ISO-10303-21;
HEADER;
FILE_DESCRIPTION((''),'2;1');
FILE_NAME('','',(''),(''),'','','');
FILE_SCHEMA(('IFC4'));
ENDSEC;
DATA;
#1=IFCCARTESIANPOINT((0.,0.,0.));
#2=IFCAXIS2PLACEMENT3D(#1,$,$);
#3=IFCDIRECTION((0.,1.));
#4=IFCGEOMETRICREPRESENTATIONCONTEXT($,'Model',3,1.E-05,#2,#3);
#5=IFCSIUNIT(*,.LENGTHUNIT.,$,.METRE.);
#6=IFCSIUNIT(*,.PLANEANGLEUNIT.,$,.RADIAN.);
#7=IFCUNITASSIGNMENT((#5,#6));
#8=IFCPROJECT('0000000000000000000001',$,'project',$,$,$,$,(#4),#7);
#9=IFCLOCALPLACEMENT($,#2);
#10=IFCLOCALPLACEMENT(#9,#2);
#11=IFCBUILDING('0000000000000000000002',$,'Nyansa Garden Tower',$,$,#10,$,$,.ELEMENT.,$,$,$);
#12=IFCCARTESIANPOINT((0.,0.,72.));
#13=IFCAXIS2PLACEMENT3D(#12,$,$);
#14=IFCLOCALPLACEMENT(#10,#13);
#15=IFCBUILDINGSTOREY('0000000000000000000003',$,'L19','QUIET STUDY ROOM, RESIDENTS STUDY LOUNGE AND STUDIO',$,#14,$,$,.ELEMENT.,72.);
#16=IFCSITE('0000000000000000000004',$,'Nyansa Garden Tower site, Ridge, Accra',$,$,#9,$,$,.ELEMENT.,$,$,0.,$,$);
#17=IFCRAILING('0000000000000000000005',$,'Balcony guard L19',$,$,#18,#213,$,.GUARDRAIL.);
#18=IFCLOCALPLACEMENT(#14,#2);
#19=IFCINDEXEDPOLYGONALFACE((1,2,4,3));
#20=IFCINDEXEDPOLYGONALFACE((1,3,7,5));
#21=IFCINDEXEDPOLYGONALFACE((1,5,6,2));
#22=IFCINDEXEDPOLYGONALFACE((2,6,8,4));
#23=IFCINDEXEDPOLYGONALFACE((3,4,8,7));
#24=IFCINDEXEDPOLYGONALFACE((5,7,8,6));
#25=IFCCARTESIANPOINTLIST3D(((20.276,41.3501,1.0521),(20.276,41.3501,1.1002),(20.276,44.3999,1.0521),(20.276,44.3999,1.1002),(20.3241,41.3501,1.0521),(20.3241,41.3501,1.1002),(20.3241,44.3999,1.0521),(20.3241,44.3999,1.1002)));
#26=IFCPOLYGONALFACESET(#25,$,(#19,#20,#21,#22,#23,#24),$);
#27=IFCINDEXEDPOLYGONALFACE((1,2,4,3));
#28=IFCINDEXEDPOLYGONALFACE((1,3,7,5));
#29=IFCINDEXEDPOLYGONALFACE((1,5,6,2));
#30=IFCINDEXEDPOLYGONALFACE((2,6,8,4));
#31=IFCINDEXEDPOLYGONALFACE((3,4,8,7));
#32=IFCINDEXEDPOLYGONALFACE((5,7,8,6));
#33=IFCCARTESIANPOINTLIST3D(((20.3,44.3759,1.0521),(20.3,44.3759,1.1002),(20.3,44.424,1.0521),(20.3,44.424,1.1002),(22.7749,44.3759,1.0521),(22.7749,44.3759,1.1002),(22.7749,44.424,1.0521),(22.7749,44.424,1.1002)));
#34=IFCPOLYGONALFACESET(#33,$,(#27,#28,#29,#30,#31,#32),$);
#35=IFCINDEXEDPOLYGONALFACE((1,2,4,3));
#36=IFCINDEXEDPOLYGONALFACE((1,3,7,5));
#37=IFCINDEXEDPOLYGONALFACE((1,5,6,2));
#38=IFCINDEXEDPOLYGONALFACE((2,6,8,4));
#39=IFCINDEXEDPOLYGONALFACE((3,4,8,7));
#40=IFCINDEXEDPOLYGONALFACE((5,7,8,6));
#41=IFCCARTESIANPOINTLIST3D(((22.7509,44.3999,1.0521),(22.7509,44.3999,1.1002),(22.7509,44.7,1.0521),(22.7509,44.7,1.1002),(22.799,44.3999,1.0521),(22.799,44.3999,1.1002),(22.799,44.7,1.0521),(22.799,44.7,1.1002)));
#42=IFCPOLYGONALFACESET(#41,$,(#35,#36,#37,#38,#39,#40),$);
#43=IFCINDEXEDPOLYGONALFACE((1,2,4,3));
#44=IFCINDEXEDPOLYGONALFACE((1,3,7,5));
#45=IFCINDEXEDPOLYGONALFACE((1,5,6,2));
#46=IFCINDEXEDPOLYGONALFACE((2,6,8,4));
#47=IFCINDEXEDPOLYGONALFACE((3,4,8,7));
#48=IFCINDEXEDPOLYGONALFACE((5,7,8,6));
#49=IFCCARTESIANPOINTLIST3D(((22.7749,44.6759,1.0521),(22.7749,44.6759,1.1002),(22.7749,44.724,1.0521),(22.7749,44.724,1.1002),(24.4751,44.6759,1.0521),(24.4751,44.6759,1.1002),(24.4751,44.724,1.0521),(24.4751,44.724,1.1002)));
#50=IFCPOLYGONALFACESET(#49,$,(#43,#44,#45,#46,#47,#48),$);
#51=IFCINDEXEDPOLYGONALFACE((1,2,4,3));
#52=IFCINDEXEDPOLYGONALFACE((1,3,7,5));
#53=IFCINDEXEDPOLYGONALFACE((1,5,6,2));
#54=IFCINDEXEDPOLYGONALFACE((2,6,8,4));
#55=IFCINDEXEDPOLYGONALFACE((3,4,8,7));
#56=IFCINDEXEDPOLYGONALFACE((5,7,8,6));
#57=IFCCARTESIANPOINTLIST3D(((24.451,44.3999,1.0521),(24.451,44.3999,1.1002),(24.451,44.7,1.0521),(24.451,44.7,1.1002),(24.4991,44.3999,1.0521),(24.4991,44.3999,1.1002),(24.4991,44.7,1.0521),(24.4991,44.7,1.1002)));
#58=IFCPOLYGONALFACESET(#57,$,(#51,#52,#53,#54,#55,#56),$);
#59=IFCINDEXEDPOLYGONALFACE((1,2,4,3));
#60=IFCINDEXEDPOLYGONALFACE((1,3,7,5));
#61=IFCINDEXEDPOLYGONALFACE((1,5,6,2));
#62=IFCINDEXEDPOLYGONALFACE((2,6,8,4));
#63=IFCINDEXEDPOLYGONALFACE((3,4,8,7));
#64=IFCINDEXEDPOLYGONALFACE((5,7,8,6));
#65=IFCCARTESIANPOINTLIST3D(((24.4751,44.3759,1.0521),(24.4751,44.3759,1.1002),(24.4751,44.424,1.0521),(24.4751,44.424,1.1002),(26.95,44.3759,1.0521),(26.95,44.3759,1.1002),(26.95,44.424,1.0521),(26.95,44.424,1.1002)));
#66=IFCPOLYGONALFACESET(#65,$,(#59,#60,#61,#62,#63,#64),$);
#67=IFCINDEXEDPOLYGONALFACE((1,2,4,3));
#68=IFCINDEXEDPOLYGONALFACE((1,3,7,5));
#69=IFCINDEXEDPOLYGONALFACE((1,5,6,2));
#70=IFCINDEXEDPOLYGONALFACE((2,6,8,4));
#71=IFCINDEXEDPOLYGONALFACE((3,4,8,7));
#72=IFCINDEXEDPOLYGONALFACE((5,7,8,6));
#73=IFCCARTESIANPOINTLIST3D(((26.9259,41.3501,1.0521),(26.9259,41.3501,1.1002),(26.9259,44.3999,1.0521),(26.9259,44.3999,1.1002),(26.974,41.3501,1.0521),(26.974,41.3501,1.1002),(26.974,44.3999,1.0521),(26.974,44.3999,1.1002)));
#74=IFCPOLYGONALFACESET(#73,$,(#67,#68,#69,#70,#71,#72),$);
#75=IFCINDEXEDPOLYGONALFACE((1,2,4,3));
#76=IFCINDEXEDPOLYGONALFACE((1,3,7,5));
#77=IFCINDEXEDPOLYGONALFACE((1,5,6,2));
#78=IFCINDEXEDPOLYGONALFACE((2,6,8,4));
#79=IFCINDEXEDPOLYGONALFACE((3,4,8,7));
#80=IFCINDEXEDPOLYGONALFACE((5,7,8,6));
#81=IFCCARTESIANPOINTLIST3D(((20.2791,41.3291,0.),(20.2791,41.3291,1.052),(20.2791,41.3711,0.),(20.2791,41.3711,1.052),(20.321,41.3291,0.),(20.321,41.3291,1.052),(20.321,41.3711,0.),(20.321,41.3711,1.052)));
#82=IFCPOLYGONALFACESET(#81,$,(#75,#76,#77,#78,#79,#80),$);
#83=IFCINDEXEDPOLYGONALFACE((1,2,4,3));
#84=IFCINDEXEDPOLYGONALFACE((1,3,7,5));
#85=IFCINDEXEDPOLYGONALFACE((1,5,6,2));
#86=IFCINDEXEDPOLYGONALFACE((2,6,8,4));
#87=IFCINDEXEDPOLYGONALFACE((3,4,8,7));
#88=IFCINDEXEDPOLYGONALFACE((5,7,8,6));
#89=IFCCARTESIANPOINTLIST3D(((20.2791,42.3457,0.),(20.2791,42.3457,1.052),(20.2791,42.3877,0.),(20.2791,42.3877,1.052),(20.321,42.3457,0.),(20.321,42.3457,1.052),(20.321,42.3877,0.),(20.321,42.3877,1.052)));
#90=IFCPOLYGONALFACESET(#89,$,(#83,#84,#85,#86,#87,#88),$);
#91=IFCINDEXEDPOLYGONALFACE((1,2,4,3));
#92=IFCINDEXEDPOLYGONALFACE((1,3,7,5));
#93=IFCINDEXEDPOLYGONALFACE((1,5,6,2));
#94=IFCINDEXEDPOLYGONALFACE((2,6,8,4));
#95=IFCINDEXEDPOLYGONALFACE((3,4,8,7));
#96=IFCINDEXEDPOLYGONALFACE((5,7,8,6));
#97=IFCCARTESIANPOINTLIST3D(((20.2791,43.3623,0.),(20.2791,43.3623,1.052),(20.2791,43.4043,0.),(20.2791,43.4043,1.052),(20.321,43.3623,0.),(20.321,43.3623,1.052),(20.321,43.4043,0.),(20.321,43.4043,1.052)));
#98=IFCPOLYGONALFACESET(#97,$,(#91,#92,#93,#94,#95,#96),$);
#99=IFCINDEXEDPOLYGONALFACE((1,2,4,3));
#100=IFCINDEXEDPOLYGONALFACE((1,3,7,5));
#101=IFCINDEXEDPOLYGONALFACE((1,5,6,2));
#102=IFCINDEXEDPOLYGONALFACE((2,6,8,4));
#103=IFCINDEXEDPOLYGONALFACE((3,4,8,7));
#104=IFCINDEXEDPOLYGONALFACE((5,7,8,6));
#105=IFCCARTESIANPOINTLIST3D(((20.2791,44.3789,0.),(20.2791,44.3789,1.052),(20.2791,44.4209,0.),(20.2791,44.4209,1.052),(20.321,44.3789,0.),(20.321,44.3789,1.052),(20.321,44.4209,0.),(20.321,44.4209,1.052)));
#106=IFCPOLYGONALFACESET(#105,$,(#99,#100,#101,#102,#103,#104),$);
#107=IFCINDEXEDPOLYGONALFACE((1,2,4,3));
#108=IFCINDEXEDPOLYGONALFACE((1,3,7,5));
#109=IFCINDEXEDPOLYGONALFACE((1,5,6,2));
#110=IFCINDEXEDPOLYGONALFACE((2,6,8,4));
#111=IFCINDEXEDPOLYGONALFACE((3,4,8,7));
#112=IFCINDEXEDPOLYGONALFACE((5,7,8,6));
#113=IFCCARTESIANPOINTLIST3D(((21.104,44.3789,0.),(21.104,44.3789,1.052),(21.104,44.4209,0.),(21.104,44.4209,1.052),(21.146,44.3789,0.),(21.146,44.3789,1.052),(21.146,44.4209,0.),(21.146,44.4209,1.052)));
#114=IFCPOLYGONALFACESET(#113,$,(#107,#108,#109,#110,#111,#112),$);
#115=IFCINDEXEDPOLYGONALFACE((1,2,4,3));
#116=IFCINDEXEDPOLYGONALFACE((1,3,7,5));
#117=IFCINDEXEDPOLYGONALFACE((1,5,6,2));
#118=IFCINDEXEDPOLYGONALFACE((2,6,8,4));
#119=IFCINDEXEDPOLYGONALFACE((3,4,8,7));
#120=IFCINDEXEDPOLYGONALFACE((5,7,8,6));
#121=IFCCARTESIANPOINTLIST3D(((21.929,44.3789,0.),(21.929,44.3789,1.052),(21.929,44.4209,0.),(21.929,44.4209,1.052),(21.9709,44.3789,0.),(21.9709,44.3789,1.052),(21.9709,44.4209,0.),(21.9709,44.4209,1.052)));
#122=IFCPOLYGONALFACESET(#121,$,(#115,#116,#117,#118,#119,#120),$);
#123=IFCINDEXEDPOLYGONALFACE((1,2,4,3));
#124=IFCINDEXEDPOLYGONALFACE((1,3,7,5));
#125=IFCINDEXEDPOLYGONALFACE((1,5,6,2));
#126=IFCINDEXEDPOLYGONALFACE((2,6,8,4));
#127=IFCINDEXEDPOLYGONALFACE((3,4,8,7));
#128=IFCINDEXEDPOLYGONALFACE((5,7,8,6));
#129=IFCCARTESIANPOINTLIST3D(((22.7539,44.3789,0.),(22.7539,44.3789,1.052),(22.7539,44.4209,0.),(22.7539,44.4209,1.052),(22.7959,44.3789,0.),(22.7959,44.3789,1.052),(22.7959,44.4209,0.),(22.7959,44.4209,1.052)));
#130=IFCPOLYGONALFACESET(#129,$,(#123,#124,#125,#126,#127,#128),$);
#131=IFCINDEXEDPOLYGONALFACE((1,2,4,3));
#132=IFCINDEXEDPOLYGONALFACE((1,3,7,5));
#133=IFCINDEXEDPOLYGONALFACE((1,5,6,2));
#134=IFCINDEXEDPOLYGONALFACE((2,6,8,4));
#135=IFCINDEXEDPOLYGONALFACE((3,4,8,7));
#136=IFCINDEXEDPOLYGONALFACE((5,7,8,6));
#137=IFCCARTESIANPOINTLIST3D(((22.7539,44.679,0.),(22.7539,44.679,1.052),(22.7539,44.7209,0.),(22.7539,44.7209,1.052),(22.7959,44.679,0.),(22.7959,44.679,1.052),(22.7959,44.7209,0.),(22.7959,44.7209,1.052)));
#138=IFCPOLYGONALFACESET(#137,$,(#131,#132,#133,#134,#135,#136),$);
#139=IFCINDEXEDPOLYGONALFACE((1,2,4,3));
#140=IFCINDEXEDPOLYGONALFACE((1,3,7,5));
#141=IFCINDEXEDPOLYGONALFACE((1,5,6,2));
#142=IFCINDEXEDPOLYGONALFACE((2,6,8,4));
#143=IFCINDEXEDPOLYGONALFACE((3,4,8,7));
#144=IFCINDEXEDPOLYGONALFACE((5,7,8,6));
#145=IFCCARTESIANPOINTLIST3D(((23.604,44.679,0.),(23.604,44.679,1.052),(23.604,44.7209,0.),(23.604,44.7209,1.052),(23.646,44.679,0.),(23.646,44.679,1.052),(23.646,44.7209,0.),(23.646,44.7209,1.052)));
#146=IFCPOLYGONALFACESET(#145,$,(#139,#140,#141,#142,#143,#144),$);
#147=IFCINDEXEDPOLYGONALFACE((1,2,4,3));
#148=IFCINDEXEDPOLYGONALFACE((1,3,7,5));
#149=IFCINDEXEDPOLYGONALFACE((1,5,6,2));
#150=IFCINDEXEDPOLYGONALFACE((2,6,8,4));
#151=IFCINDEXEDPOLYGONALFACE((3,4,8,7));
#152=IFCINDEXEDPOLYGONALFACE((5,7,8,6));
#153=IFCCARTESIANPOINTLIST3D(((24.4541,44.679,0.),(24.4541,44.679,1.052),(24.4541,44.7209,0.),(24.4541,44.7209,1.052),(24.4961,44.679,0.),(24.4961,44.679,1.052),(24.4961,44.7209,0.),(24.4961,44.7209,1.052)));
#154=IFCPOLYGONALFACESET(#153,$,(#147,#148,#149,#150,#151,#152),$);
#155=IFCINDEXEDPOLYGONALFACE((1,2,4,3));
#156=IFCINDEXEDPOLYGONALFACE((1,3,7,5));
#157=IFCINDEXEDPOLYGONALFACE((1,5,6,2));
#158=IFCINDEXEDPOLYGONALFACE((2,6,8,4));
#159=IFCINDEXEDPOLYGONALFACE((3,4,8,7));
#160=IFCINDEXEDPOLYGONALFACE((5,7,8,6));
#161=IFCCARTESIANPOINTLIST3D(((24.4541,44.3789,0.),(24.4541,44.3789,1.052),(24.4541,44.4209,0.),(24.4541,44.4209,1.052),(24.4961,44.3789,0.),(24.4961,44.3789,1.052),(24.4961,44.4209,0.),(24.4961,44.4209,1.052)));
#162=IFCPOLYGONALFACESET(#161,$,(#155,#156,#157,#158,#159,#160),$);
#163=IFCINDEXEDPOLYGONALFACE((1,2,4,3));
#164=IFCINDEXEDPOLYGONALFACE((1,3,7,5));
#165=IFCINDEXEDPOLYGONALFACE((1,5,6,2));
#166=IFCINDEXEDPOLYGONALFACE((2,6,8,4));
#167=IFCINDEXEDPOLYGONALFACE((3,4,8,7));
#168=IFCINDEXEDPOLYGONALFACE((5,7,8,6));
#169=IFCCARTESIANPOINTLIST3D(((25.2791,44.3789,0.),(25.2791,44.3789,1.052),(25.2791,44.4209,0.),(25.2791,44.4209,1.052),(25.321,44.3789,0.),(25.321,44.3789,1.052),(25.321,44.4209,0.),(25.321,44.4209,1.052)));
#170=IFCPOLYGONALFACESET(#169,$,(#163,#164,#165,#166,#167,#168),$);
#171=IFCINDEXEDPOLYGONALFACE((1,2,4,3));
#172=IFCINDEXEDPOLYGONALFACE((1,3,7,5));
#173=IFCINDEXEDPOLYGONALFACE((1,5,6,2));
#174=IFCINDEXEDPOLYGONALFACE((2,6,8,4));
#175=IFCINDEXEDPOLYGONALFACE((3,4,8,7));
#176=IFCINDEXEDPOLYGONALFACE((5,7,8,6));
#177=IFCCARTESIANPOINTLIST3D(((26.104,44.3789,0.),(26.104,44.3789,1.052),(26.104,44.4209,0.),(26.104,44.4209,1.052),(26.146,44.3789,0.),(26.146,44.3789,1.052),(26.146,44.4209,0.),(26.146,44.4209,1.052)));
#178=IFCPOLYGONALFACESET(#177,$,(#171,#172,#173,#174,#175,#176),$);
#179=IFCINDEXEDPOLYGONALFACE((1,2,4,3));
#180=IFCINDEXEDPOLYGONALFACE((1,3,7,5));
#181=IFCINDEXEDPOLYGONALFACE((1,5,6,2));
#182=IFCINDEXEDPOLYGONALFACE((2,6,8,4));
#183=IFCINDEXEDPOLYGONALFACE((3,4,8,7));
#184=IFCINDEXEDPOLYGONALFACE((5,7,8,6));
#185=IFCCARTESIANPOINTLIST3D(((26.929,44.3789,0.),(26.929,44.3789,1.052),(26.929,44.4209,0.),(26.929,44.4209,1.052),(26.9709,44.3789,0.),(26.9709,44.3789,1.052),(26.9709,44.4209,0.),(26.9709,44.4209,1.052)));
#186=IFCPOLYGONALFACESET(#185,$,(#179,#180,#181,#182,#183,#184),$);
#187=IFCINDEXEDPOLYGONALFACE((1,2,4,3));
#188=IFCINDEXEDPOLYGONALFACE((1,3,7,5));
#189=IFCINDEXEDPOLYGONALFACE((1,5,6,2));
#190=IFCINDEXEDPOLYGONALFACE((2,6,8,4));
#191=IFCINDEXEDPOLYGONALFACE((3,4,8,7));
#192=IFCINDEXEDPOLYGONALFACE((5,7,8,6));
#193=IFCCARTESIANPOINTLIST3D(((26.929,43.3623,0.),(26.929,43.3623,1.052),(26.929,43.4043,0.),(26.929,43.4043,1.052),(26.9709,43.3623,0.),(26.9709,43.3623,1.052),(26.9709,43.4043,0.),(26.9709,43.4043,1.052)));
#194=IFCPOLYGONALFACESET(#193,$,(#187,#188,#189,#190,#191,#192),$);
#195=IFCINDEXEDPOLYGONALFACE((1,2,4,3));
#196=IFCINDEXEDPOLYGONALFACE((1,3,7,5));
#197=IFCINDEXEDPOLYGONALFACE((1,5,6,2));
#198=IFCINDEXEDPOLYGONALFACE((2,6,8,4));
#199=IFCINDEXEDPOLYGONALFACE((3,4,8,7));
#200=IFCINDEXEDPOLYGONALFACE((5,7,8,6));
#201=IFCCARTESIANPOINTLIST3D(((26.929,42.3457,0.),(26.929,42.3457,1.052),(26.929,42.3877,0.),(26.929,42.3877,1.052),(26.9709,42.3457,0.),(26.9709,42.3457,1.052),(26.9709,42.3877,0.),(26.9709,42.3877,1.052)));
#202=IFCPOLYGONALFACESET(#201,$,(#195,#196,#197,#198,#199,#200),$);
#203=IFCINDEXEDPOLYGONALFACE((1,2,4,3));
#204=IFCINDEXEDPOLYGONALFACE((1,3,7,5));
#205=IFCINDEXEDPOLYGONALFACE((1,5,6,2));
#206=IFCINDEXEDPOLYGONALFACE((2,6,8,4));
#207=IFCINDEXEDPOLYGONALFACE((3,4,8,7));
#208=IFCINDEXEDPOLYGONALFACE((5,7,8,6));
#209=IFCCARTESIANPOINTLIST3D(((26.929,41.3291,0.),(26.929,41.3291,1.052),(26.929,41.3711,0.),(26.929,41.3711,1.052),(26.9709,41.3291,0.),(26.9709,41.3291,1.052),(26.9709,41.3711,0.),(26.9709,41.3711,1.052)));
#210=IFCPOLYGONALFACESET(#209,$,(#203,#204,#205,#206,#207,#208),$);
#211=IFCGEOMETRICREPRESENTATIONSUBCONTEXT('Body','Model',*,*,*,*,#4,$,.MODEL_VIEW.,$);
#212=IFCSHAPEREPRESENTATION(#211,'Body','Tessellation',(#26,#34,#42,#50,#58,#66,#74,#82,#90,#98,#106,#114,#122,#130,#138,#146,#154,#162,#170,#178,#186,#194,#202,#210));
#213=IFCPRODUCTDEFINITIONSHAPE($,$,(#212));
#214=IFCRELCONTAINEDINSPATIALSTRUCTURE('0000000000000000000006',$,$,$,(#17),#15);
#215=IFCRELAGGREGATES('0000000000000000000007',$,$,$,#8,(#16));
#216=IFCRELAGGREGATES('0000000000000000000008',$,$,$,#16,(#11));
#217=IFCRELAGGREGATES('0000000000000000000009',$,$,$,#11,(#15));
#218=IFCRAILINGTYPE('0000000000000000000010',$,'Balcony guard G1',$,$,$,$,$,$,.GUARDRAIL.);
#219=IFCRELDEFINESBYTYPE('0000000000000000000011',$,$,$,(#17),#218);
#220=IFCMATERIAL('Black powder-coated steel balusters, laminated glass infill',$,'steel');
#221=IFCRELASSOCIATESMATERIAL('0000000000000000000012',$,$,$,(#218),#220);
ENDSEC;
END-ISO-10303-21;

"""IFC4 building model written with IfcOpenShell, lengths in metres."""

from ifc_helpers import new_model, si_unit, direction, frame, origin, origin_2d, place, context, subcontext, project, spatial, rectangle, extrude, material, type_object, element, save


model = new_model("IFC4")

# Units and contexts
model_context = context("Model", 3, precision=1e-05, world=origin(), true_north=direction((0.0, 1.0)))
body_context = subcontext(model_context, "Body", "Model", "MODEL_VIEW")
ifc_project = project(units=[si_unit("LENGTHUNIT", "METRE"), si_unit("PLANEANGLEUNIT", "RADIAN")], contexts=[model_context])

# Site, building, storey
site_placement = place(None, origin())
site = spatial("IfcSite", under=ifc_project, at=site_placement, Name="Nyansa Garden Tower site, Ridge, Accra", CompositionType="ELEMENT", RefElevation=0.0)
building_placement = place(site_placement, origin())
building = spatial("IfcBuilding", under=site, at=building_placement, Name="Nyansa Garden Tower", CompositionType="ELEMENT")
storey_placement = place(building_placement, frame((0.0, 0.0, 72.0)))
storey = spatial("IfcBuildingStorey", under=building, at=storey_placement, Name="L19", Description="QUIET STUDY ROOM, RESIDENTS STUDY LOUNGE AND STUDIO", CompositionType="ELEMENT", Elevation=72.0)

# Railing
ifc_material_1 = material(Name="Black powder-coated steel balusters, laminated glass infill", Category="steel")
railing_type = type_object("IfcRailingType", Name="Balcony guard G1", PredefinedType="GUARDRAIL", material=ifc_material_1)
railing_placement = place(storey_placement, frame((20.3, 41.3501, 0.0)))
element("IfcRailing", 1, at=railing_placement, inside=storey, type_object=railing_type, Name="Balcony guard L19", PredefinedType="GUARDRAIL", context=body_context, shape_type="SweptSolid", body=[
    extrude(rectangle(XDim=0.0481, YDim=0.0481, at=origin_2d()), frame((0.0, 0.0, 1.0762), z_axis=(0.0, 1.0, 0.0), x_axis=(-1.0, 0.0, 0.0)), (0.0, 0.0, 1.0), 3.0498),
    extrude(rectangle(XDim=0.0481, YDim=0.0481, at=origin_2d()), frame((0.0, 3.0498, 1.0762), z_axis=(1.0, 0.0, 0.0), x_axis=(0.0, 1.0, 0.0)), (0.0, 0.0, 1.0), 2.4749),
    extrude(rectangle(XDim=0.0481, YDim=0.0481, at=origin_2d()), frame((2.4749, 3.0498, 1.0762), z_axis=(0.0, 1.0, 0.0), x_axis=(-1.0, 0.0, 0.0)), (0.0, 0.0, 1.0), 0.3),
    extrude(rectangle(XDim=0.0481, YDim=0.0481, at=origin_2d()), frame((2.4749, 3.3499, 1.0762), z_axis=(1.0, 0.0, 0.0), x_axis=(0.0, 1.0, 0.0)), (0.0, 0.0, 1.0), 1.7002),
    extrude(rectangle(XDim=0.0481, YDim=0.0481, at=origin_2d()), frame((4.175, 3.3499, 1.0762), z_axis=(0.0, -1.0, 0.0), x_axis=(1.0, 0.0, 0.0)), (0.0, 0.0, 1.0), 0.3),
    extrude(rectangle(XDim=0.0481, YDim=0.0481, at=origin_2d()), frame((4.175, 3.0498, 1.0762), z_axis=(1.0, 0.0, 0.0), x_axis=(0.0, 1.0, 0.0)), (0.0, 0.0, 1.0), 2.4749),
    extrude(rectangle(XDim=0.0481, YDim=0.0481, at=origin_2d()), frame((6.6499, 3.0498, 1.0762), z_axis=(0.0, -1.0, 0.0), x_axis=(1.0, 0.0, 0.0)), (0.0, 0.0, 1.0), 3.0498),
    extrude(rectangle(XDim=0.042, YDim=0.042, at=origin_2d()), origin(), (0.0, 0.0, 1.0), 1.052),
    extrude(rectangle(XDim=0.042, YDim=0.042, at=origin_2d()), frame((0.0, 1.0166, 0.0)), (0.0, 0.0, 1.0), 1.052),
    extrude(rectangle(XDim=0.042, YDim=0.042, at=origin_2d()), frame((0.0, 2.0332, 0.0)), (0.0, 0.0, 1.0), 1.052),
    extrude(rectangle(XDim=0.042, YDim=0.042, at=origin_2d()), frame((0.0, 3.0498, 0.0)), (0.0, 0.0, 1.0), 1.052),
    extrude(rectangle(XDim=0.042, YDim=0.042, at=origin_2d()), frame((0.825, 3.0498, 0.0)), (0.0, 0.0, 1.0), 1.052),
    extrude(rectangle(XDim=0.042, YDim=0.042, at=origin_2d()), frame((1.6499, 3.0498, 0.0)), (0.0, 0.0, 1.0), 1.052),
    extrude(rectangle(XDim=0.042, YDim=0.042, at=origin_2d()), frame((2.4749, 3.0498, 0.0)), (0.0, 0.0, 1.0), 1.052),
    extrude(rectangle(XDim=0.042, YDim=0.042, at=origin_2d()), frame((2.4749, 3.3499, 0.0)), (0.0, 0.0, 1.0), 1.052),
    extrude(rectangle(XDim=0.042, YDim=0.042, at=origin_2d()), frame((3.325, 3.3499, 0.0)), (0.0, 0.0, 1.0), 1.052),
    extrude(rectangle(XDim=0.042, YDim=0.042, at=origin_2d()), frame((4.175, 3.3499, 0.0)), (0.0, 0.0, 1.0), 1.052),
    extrude(rectangle(XDim=0.042, YDim=0.042, at=origin_2d()), frame((4.175, 3.0498, 0.0)), (0.0, 0.0, 1.0), 1.052),
    extrude(rectangle(XDim=0.042, YDim=0.042, at=origin_2d()), frame((5.0, 3.0498, 0.0)), (0.0, 0.0, 1.0), 1.052),
    extrude(rectangle(XDim=0.042, YDim=0.042, at=origin_2d()), frame((5.825, 3.0498, 0.0)), (0.0, 0.0, 1.0), 1.052),
    extrude(rectangle(XDim=0.042, YDim=0.042, at=origin_2d()), frame((6.6499, 3.0498, 0.0)), (0.0, 0.0, 1.0), 1.052),
    extrude(rectangle(XDim=0.042, YDim=0.042, at=origin_2d()), frame((6.6499, 2.0332, 0.0)), (0.0, 0.0, 1.0), 1.052),
    extrude(rectangle(XDim=0.042, YDim=0.042, at=origin_2d()), frame((6.6499, 1.0166, 0.0)), (0.0, 0.0, 1.0), 1.052),
    extrude(rectangle(XDim=0.042, YDim=0.042, at=origin_2d()), frame((6.6499, 0.0, 0.0)), (0.0, 0.0, 1.0), 1.052),
])

save(model, "model.ifc")
